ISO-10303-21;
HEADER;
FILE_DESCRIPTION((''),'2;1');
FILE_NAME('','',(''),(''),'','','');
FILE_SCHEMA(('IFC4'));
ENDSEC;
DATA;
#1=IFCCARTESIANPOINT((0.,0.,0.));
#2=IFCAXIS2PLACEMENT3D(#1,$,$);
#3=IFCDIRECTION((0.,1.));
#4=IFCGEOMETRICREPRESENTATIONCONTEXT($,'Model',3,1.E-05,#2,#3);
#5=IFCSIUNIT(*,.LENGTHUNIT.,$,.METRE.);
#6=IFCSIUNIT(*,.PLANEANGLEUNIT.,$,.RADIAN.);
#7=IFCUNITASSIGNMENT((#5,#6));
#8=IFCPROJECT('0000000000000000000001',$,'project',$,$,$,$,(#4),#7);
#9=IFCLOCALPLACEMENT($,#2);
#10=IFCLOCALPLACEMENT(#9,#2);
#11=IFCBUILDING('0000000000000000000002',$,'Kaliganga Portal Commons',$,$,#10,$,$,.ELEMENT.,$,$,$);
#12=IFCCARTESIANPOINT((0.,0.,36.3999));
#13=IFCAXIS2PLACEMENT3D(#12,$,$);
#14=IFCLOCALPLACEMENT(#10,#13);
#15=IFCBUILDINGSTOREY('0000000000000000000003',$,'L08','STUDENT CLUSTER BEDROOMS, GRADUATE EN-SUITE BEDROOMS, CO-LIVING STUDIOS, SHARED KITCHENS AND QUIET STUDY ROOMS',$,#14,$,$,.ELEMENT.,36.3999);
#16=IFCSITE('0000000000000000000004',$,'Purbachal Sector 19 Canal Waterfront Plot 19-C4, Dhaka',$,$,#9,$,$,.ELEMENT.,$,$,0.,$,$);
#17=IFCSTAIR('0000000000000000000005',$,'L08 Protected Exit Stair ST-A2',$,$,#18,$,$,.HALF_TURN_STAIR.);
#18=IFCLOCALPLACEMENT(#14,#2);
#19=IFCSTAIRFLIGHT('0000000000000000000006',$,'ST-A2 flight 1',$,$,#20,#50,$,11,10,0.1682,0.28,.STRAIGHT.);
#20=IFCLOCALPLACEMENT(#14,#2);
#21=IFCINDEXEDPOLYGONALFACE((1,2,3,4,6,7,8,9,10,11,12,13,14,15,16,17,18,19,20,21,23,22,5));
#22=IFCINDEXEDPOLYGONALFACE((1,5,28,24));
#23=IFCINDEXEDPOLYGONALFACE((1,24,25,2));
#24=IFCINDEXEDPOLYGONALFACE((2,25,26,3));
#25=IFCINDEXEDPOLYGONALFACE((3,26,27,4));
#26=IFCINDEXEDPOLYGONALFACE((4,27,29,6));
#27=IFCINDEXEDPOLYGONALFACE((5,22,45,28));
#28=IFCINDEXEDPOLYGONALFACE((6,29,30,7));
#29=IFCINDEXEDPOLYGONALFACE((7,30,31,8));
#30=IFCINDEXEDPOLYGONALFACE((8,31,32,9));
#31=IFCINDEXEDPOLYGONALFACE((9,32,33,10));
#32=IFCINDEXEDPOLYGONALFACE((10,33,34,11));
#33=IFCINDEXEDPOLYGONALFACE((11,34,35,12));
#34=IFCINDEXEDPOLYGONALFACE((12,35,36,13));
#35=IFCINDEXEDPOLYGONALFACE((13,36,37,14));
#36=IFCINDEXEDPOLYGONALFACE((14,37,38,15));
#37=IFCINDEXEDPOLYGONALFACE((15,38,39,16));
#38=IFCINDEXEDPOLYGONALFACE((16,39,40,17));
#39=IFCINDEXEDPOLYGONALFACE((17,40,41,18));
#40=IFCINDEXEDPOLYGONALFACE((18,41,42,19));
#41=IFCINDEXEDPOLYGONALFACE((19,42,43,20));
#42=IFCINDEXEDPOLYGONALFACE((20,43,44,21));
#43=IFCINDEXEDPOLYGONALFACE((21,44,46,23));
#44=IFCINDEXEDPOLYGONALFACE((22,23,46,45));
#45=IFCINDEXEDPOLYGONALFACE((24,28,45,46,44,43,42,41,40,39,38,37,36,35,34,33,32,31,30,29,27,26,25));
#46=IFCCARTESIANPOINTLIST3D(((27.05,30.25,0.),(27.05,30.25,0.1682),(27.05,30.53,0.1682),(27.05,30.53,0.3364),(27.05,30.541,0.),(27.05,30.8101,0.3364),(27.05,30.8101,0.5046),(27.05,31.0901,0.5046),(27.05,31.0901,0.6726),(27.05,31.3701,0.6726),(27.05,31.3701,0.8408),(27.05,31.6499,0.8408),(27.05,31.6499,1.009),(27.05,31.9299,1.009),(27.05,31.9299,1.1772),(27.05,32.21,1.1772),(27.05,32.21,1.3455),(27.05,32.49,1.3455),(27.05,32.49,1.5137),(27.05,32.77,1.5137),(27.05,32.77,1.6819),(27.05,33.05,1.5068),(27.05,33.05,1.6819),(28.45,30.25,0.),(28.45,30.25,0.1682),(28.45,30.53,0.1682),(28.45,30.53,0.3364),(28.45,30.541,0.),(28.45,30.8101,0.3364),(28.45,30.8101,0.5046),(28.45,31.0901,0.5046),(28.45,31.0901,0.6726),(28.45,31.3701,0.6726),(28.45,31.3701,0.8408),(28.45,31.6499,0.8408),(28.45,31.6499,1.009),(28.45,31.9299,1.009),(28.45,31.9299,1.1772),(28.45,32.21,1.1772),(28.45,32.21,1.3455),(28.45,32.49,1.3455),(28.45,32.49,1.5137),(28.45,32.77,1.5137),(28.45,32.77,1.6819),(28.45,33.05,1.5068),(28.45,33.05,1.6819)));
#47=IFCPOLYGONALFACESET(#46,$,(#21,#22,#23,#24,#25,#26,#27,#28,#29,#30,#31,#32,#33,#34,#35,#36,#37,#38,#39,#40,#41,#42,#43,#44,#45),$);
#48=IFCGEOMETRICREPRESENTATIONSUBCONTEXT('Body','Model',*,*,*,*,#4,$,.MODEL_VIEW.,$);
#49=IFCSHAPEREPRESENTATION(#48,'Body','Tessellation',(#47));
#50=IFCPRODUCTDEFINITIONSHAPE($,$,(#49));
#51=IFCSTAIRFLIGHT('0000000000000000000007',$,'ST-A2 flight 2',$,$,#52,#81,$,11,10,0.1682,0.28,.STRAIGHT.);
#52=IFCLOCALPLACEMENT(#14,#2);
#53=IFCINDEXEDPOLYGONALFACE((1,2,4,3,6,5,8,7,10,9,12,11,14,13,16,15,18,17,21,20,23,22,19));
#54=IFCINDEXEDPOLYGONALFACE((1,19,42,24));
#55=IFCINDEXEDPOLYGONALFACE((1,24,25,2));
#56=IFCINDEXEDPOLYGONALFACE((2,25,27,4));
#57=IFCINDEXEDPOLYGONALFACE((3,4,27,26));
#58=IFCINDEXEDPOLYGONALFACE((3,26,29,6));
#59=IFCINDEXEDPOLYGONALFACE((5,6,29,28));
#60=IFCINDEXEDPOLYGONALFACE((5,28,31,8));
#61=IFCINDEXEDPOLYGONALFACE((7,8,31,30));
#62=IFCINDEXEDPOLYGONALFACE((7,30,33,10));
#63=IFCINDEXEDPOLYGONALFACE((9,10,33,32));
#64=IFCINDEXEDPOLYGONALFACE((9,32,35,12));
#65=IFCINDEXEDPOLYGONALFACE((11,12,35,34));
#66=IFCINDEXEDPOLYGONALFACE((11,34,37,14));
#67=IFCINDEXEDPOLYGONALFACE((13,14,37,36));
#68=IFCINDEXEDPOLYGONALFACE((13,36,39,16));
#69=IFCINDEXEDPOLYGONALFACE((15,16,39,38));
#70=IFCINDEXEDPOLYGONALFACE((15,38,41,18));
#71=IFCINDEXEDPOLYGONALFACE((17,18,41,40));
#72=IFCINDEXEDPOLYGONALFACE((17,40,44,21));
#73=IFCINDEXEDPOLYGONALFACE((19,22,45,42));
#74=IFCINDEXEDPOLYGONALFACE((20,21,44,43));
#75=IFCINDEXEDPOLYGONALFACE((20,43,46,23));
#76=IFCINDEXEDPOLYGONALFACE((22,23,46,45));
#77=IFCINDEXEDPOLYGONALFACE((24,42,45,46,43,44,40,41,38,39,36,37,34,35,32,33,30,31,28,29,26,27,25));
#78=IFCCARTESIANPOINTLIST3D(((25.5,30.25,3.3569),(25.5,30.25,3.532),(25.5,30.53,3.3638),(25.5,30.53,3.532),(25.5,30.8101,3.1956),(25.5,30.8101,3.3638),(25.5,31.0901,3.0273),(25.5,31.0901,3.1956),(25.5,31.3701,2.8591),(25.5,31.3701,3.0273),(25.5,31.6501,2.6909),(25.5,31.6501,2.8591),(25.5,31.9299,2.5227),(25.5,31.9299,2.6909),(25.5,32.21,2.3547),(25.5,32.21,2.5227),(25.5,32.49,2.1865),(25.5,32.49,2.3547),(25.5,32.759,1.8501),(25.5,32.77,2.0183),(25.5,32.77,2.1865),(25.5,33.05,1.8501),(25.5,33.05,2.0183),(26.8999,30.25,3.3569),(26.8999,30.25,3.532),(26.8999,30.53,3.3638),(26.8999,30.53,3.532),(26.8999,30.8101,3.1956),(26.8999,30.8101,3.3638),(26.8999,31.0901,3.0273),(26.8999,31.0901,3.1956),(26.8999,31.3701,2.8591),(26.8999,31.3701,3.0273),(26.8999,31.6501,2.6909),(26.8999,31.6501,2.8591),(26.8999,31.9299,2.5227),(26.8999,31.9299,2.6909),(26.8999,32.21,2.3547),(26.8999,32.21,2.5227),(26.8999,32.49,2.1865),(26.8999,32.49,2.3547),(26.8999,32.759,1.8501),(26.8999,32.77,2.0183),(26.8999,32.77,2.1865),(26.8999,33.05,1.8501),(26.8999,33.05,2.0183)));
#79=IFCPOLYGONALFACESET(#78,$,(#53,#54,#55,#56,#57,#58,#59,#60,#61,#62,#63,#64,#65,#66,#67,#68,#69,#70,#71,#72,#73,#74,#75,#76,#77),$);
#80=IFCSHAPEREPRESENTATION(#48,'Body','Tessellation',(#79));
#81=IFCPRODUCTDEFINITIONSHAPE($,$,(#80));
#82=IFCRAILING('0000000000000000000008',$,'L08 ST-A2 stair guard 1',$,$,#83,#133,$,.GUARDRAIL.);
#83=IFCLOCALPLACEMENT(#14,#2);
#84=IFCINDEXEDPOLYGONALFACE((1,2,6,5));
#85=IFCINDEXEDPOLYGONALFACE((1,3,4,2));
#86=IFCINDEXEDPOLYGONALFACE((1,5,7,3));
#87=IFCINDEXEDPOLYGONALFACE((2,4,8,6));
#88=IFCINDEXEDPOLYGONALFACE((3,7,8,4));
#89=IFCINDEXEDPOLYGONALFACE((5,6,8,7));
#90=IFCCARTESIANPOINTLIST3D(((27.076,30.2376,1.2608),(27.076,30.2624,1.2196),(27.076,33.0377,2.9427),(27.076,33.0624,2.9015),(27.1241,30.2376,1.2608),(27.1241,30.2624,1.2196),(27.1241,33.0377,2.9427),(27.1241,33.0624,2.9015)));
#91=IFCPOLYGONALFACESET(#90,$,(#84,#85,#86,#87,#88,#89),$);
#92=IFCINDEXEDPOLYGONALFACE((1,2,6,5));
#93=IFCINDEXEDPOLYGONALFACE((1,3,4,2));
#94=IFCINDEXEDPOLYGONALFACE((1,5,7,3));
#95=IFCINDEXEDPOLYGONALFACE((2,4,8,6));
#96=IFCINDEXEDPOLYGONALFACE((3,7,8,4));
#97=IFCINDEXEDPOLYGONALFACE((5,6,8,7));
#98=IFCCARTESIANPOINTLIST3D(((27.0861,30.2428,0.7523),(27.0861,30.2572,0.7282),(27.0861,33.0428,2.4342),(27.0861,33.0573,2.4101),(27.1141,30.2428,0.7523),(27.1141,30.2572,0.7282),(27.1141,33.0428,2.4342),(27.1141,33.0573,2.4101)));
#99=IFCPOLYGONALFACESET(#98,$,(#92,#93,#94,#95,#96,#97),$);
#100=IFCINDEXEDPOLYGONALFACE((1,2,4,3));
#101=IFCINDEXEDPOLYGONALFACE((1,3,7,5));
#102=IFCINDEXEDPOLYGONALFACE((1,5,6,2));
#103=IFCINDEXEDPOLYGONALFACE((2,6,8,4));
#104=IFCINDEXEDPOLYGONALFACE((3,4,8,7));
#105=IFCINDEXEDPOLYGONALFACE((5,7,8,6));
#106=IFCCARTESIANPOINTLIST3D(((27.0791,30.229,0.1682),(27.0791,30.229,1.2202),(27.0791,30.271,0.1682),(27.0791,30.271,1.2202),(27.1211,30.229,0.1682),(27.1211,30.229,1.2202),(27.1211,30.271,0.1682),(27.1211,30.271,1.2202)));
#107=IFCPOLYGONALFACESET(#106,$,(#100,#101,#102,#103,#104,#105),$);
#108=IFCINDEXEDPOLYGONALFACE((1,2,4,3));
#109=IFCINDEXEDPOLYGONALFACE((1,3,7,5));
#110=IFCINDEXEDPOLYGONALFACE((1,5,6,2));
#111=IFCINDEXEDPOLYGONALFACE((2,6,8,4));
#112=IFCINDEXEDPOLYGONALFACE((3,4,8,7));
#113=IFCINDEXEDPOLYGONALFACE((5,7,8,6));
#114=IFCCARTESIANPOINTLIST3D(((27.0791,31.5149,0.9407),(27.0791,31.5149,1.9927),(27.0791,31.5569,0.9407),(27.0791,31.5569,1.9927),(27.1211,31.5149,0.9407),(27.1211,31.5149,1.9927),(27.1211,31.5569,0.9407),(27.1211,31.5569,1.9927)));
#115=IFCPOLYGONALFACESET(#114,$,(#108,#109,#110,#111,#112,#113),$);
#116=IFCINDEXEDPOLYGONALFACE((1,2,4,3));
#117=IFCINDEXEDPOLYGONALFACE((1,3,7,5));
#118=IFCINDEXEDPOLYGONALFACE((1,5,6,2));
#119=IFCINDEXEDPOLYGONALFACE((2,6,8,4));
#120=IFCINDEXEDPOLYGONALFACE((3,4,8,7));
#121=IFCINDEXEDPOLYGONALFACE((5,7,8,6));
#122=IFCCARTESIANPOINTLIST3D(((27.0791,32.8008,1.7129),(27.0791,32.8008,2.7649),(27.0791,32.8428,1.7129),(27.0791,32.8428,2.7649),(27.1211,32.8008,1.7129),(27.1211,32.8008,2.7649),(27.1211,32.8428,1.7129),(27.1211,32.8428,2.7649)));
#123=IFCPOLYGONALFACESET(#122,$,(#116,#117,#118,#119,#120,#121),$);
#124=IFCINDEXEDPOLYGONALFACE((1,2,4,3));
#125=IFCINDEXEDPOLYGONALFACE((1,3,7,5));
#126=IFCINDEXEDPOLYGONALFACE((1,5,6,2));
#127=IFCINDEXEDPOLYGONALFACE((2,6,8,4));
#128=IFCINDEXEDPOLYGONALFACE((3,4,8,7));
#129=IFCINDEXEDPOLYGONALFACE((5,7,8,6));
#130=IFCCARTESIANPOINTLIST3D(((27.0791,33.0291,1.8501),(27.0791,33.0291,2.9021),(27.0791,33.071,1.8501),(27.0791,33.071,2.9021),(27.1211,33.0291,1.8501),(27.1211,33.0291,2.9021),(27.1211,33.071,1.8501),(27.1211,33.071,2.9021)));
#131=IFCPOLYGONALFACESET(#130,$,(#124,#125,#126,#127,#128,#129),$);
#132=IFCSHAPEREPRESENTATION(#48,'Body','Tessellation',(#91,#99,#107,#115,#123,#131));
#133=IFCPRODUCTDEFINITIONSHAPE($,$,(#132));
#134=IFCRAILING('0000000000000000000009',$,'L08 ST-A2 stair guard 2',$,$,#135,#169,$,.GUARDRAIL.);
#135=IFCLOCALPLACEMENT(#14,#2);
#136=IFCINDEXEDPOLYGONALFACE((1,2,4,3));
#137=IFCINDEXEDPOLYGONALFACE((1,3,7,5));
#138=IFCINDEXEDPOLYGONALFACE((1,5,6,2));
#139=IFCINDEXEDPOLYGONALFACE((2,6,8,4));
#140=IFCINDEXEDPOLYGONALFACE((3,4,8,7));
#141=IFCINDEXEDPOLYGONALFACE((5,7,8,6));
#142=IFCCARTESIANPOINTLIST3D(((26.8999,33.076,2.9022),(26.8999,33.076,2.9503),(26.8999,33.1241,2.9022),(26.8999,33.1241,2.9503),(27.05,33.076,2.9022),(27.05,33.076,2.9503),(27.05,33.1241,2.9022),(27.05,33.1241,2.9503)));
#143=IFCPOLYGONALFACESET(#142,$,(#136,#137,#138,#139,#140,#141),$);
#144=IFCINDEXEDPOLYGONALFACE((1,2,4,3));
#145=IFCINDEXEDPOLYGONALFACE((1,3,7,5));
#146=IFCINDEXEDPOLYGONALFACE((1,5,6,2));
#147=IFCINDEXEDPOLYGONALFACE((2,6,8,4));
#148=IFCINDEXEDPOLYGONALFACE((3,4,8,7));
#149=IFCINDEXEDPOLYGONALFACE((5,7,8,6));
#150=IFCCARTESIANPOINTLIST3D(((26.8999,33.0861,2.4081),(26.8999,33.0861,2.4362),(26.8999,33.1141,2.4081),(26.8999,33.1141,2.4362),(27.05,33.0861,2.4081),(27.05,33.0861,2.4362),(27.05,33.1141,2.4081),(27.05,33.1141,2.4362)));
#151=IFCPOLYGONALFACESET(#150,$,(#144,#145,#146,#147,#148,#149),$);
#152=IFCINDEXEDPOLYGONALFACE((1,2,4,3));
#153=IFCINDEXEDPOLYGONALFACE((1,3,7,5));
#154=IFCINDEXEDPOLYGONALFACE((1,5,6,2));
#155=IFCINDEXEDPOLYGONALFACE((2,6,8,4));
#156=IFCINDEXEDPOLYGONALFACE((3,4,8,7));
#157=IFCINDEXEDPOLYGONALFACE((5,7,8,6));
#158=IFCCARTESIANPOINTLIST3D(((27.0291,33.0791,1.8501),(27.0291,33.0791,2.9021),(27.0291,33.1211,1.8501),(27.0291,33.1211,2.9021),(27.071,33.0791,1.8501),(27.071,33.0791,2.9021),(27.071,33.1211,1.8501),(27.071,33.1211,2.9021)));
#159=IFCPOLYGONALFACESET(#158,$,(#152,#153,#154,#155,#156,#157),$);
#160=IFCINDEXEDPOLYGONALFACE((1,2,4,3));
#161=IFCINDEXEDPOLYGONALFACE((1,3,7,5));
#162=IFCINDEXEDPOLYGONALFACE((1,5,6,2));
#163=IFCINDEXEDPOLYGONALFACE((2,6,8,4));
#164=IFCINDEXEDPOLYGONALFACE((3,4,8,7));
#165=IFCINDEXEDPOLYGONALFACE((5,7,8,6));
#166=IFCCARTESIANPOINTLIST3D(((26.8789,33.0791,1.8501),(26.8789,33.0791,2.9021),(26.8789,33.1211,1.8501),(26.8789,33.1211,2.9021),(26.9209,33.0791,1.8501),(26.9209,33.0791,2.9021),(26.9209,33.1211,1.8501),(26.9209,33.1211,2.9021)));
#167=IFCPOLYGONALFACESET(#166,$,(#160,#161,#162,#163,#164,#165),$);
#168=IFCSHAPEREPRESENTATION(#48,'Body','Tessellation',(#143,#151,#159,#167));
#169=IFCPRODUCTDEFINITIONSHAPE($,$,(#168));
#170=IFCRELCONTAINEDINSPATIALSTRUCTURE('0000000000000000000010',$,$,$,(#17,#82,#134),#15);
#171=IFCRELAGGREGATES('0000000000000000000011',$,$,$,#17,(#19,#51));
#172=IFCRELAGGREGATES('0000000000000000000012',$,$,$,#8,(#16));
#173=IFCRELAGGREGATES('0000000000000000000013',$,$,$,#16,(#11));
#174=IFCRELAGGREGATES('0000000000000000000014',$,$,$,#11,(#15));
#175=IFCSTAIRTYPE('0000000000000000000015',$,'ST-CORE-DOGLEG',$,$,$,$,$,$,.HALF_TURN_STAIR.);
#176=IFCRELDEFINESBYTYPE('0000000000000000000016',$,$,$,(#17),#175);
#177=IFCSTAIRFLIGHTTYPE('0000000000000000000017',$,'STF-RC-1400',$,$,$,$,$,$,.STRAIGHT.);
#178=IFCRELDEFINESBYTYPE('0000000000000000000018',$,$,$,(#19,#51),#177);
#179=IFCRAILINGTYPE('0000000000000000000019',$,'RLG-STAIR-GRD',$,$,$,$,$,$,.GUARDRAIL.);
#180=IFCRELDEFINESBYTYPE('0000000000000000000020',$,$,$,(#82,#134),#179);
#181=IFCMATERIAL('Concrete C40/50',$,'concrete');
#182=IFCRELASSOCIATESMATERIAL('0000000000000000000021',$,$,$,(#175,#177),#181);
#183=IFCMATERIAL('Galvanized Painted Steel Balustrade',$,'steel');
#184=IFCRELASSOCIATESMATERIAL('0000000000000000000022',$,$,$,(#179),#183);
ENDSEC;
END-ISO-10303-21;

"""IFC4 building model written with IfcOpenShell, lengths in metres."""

from ifc_helpers import new_model, si_unit, direction, frame, origin, origin_2d, place, context, subcontext, project, spatial, polyline, rectangle, outline, extrude, material, type_object, element, aggregate, save


model = new_model("IFC4")

# Units and contexts
model_context = context("Model", 3, precision=1e-05, world=origin(), true_north=direction((0.0, 1.0)))
body_context = subcontext(model_context, "Body", "Model", "MODEL_VIEW")
ifc_project = project(units=[si_unit("LENGTHUNIT", "METRE"), si_unit("PLANEANGLEUNIT", "RADIAN")], contexts=[model_context])

# Site, building, storey
site_placement = place(None, origin())
site = spatial("IfcSite", under=ifc_project, at=site_placement, Name="Purbachal Sector 19 Canal Waterfront Plot 19-C4, Dhaka", CompositionType="ELEMENT", RefElevation=0.0)
building_placement = place(site_placement, origin())
building = spatial("IfcBuilding", under=site, at=building_placement, Name="Kaliganga Portal Commons", CompositionType="ELEMENT")
storey_placement = place(building_placement, frame((0.0, 0.0, 36.3999)))
storey = spatial("IfcBuildingStorey", under=building, at=storey_placement, Name="L08", Description="STUDENT CLUSTER BEDROOMS, GRADUATE EN-SUITE BEDROOMS, CO-LIVING STUDIOS, SHARED KITCHENS AND QUIET STUDY ROOMS", CompositionType="ELEMENT", Elevation=36.3999)

# Stair, stair flights
ifc_material_1 = material(Name="Concrete C40/50", Category="concrete")
stair_type = type_object("IfcStairType", Name="ST-CORE-DOGLEG", PredefinedType="HALF_TURN_STAIR", material=ifc_material_1)
stair_placement = place(storey_placement, origin())
stair = element("IfcStair", 1, at=stair_placement, inside=storey, type_object=stair_type, Name="L08 Protected Exit Stair ST-A2", PredefinedType="HALF_TURN_STAIR")
stair_flight_type = type_object("IfcStairFlightType", Name="STF-RC-1400", PredefinedType="STRAIGHT", material=ifc_material_1)
stair_flight_1_placement = place(storey_placement, frame((27.75, 30.25, 0.0), z_axis=(0.0, 0.0, 1.0), x_axis=(0.0, 1.0, 0.0)))
stair_flight_1 = element("IfcStairFlight", 2, at=stair_flight_1_placement, type_object=stair_flight_type, Name="ST-A2 flight 1", NumberOfRisers=11, NumberOfTreads=10, PredefinedType="STRAIGHT", RiserHeight=0.1682, TreadLength=0.28, context=body_context, shape_type="SweptSolid", body=[
    extrude(outline(polyline([(0.0, 0.0), (0.0, 0.1682), (0.28, 0.1682), (0.28, 0.3364), (0.5601, 0.3364), (0.5601, 0.5046), (0.8401, 0.5046), (0.8401, 0.6726), (1.1201, 0.6726), (1.1201, 0.8408), (1.3999, 0.8408), (1.3999, 1.009), (1.6799, 1.009), (1.6799, 1.1772), (1.96, 1.1772), (1.96, 1.3455), (2.24, 1.3455), (2.24, 1.5137), (2.52, 1.5137), (2.52, 1.6819), (2.8, 1.6819), (2.8, 1.8501), (2.8, 1.5068), (0.291, 0.0), (0.0, 0.0)])), frame((0.0, 0.7, 0.0), z_axis=(0.0, -1.0, 0.0), x_axis=(1.0, 0.0, 0.0)), (0.0, 0.0, 1.0), 1.3999),
])
stair_flight_2_placement = place(storey_placement, frame((26.2, 33.05, 1.8501), z_axis=(0.0, 0.0, 1.0), x_axis=(0.0, -1.0, 0.0)))
stair_flight_2 = element("IfcStairFlight", 3, at=stair_flight_2_placement, type_object=stair_flight_type, Name="ST-A2 flight 2", NumberOfRisers=11, NumberOfTreads=10, PredefinedType="STRAIGHT", RiserHeight=0.1682, TreadLength=0.28, context=body_context, shape_type="SweptSolid", body=[
    extrude(outline(polyline([(0.0, 0.0), (0.0, 0.1682), (0.28, 0.1682), (0.28, 0.3364), (0.5601, 0.3364), (0.5601, 0.5046), (0.8401, 0.5046), (0.8401, 0.6726), (1.1201, 0.6726), (1.1201, 0.8408), (1.3999, 0.8408), (1.3999, 1.009), (1.6799, 1.009), (1.6799, 1.1772), (1.96, 1.1772), (1.96, 1.3455), (2.24, 1.3455), (2.24, 1.5137), (2.52, 1.5137), (2.52, 1.6819), (2.8, 1.6819), (2.8, 1.8501), (2.8, 1.5068), (0.291, 0.0), (0.0, 0.0)])), frame((0.0, 0.7, 0.0), z_axis=(0.0, -1.0, 0.0), x_axis=(1.0, 0.0, 0.0)), (0.0, 0.0, 1.0), 1.3999),
])
aggregate(stair, [stair_flight_1, stair_flight_2])

# Railings
ifc_material_2 = material(Name="Galvanized Painted Steel Balustrade", Category="steel")
railing_type_1 = type_object("IfcRailingType", Name="RLG-STAIR-GRD", PredefinedType="GUARDRAIL", material=ifc_material_2)
railing_1_placement = place(storey_placement, frame((27.1001, 30.25, 0.1682)))
element("IfcRailing", 4, at=railing_1_placement, inside=storey, type_object=railing_type_1, Name="L08 ST-A2 stair guard 1", PredefinedType="GUARDRAIL", context=body_context, shape_type="SweptSolid", body=[
    extrude(rectangle(XDim=0.0481, YDim=0.0481, at=origin_2d()), frame((0.0, 0.0, 1.072), z_axis=(0.0, 0.857242, 0.514913), x_axis=(-1.0, 0.0, 0.0)), (0.0, 0.0, 1.0), 3.2664),
    extrude(rectangle(XDim=0.0281, YDim=0.0281, at=origin_2d()), frame((0.0, 0.0, 0.572), z_axis=(0.0, 0.857242, 0.514913), x_axis=(-1.0, 0.0, 0.0)), (0.0, 0.0, 1.0), 3.2664),
    extrude(rectangle(XDim=0.042, YDim=0.042, at=origin_2d()), origin(), (0.0, 0.0, 1.0), 1.052),
    extrude(rectangle(XDim=0.042, YDim=0.042, at=origin_2d()), frame((0.0, 1.2859, 0.7725)), (0.0, 0.0, 1.0), 1.052),
    extrude(rectangle(XDim=0.042, YDim=0.042, at=origin_2d()), frame((0.0, 2.5718, 1.5447)), (0.0, 0.0, 1.0), 1.052),
    extrude(rectangle(XDim=0.042, YDim=0.042, at=origin_2d()), frame((0.0, 2.8, 1.6819)), (0.0, 0.0, 1.0), 1.052),
])
railing_2_placement = place(storey_placement, frame((27.05, 33.1001, 1.8501)))
element("IfcRailing", 5, at=railing_2_placement, inside=storey, type_object=railing_type_1, Name="L08 ST-A2 stair guard 2", PredefinedType="GUARDRAIL", context=body_context, shape_type="SweptSolid", body=[
    extrude(rectangle(XDim=0.0481, YDim=0.0481, at=origin_2d()), frame((0.0, 0.0, 1.0762), z_axis=(-1.0, 0.0, 0.0), x_axis=(0.0, -1.0, 0.0)), (0.0, 0.0, 1.0), 0.1501),
    extrude(rectangle(XDim=0.0281, YDim=0.0281, at=origin_2d()), frame((0.0, 0.0, 0.572), z_axis=(-1.0, 0.0, 0.0), x_axis=(0.0, -1.0, 0.0)), (0.0, 0.0, 1.0), 0.1501),
    extrude(rectangle(XDim=0.042, YDim=0.042, at=origin_2d()), origin(), (0.0, 0.0, 1.0), 1.052),
    extrude(rectangle(XDim=0.042, YDim=0.042, at=origin_2d()), frame((-0.1501, 0.0, 0.0)), (0.0, 0.0, 1.0), 1.052),
])

save(model, "model.ifc")
